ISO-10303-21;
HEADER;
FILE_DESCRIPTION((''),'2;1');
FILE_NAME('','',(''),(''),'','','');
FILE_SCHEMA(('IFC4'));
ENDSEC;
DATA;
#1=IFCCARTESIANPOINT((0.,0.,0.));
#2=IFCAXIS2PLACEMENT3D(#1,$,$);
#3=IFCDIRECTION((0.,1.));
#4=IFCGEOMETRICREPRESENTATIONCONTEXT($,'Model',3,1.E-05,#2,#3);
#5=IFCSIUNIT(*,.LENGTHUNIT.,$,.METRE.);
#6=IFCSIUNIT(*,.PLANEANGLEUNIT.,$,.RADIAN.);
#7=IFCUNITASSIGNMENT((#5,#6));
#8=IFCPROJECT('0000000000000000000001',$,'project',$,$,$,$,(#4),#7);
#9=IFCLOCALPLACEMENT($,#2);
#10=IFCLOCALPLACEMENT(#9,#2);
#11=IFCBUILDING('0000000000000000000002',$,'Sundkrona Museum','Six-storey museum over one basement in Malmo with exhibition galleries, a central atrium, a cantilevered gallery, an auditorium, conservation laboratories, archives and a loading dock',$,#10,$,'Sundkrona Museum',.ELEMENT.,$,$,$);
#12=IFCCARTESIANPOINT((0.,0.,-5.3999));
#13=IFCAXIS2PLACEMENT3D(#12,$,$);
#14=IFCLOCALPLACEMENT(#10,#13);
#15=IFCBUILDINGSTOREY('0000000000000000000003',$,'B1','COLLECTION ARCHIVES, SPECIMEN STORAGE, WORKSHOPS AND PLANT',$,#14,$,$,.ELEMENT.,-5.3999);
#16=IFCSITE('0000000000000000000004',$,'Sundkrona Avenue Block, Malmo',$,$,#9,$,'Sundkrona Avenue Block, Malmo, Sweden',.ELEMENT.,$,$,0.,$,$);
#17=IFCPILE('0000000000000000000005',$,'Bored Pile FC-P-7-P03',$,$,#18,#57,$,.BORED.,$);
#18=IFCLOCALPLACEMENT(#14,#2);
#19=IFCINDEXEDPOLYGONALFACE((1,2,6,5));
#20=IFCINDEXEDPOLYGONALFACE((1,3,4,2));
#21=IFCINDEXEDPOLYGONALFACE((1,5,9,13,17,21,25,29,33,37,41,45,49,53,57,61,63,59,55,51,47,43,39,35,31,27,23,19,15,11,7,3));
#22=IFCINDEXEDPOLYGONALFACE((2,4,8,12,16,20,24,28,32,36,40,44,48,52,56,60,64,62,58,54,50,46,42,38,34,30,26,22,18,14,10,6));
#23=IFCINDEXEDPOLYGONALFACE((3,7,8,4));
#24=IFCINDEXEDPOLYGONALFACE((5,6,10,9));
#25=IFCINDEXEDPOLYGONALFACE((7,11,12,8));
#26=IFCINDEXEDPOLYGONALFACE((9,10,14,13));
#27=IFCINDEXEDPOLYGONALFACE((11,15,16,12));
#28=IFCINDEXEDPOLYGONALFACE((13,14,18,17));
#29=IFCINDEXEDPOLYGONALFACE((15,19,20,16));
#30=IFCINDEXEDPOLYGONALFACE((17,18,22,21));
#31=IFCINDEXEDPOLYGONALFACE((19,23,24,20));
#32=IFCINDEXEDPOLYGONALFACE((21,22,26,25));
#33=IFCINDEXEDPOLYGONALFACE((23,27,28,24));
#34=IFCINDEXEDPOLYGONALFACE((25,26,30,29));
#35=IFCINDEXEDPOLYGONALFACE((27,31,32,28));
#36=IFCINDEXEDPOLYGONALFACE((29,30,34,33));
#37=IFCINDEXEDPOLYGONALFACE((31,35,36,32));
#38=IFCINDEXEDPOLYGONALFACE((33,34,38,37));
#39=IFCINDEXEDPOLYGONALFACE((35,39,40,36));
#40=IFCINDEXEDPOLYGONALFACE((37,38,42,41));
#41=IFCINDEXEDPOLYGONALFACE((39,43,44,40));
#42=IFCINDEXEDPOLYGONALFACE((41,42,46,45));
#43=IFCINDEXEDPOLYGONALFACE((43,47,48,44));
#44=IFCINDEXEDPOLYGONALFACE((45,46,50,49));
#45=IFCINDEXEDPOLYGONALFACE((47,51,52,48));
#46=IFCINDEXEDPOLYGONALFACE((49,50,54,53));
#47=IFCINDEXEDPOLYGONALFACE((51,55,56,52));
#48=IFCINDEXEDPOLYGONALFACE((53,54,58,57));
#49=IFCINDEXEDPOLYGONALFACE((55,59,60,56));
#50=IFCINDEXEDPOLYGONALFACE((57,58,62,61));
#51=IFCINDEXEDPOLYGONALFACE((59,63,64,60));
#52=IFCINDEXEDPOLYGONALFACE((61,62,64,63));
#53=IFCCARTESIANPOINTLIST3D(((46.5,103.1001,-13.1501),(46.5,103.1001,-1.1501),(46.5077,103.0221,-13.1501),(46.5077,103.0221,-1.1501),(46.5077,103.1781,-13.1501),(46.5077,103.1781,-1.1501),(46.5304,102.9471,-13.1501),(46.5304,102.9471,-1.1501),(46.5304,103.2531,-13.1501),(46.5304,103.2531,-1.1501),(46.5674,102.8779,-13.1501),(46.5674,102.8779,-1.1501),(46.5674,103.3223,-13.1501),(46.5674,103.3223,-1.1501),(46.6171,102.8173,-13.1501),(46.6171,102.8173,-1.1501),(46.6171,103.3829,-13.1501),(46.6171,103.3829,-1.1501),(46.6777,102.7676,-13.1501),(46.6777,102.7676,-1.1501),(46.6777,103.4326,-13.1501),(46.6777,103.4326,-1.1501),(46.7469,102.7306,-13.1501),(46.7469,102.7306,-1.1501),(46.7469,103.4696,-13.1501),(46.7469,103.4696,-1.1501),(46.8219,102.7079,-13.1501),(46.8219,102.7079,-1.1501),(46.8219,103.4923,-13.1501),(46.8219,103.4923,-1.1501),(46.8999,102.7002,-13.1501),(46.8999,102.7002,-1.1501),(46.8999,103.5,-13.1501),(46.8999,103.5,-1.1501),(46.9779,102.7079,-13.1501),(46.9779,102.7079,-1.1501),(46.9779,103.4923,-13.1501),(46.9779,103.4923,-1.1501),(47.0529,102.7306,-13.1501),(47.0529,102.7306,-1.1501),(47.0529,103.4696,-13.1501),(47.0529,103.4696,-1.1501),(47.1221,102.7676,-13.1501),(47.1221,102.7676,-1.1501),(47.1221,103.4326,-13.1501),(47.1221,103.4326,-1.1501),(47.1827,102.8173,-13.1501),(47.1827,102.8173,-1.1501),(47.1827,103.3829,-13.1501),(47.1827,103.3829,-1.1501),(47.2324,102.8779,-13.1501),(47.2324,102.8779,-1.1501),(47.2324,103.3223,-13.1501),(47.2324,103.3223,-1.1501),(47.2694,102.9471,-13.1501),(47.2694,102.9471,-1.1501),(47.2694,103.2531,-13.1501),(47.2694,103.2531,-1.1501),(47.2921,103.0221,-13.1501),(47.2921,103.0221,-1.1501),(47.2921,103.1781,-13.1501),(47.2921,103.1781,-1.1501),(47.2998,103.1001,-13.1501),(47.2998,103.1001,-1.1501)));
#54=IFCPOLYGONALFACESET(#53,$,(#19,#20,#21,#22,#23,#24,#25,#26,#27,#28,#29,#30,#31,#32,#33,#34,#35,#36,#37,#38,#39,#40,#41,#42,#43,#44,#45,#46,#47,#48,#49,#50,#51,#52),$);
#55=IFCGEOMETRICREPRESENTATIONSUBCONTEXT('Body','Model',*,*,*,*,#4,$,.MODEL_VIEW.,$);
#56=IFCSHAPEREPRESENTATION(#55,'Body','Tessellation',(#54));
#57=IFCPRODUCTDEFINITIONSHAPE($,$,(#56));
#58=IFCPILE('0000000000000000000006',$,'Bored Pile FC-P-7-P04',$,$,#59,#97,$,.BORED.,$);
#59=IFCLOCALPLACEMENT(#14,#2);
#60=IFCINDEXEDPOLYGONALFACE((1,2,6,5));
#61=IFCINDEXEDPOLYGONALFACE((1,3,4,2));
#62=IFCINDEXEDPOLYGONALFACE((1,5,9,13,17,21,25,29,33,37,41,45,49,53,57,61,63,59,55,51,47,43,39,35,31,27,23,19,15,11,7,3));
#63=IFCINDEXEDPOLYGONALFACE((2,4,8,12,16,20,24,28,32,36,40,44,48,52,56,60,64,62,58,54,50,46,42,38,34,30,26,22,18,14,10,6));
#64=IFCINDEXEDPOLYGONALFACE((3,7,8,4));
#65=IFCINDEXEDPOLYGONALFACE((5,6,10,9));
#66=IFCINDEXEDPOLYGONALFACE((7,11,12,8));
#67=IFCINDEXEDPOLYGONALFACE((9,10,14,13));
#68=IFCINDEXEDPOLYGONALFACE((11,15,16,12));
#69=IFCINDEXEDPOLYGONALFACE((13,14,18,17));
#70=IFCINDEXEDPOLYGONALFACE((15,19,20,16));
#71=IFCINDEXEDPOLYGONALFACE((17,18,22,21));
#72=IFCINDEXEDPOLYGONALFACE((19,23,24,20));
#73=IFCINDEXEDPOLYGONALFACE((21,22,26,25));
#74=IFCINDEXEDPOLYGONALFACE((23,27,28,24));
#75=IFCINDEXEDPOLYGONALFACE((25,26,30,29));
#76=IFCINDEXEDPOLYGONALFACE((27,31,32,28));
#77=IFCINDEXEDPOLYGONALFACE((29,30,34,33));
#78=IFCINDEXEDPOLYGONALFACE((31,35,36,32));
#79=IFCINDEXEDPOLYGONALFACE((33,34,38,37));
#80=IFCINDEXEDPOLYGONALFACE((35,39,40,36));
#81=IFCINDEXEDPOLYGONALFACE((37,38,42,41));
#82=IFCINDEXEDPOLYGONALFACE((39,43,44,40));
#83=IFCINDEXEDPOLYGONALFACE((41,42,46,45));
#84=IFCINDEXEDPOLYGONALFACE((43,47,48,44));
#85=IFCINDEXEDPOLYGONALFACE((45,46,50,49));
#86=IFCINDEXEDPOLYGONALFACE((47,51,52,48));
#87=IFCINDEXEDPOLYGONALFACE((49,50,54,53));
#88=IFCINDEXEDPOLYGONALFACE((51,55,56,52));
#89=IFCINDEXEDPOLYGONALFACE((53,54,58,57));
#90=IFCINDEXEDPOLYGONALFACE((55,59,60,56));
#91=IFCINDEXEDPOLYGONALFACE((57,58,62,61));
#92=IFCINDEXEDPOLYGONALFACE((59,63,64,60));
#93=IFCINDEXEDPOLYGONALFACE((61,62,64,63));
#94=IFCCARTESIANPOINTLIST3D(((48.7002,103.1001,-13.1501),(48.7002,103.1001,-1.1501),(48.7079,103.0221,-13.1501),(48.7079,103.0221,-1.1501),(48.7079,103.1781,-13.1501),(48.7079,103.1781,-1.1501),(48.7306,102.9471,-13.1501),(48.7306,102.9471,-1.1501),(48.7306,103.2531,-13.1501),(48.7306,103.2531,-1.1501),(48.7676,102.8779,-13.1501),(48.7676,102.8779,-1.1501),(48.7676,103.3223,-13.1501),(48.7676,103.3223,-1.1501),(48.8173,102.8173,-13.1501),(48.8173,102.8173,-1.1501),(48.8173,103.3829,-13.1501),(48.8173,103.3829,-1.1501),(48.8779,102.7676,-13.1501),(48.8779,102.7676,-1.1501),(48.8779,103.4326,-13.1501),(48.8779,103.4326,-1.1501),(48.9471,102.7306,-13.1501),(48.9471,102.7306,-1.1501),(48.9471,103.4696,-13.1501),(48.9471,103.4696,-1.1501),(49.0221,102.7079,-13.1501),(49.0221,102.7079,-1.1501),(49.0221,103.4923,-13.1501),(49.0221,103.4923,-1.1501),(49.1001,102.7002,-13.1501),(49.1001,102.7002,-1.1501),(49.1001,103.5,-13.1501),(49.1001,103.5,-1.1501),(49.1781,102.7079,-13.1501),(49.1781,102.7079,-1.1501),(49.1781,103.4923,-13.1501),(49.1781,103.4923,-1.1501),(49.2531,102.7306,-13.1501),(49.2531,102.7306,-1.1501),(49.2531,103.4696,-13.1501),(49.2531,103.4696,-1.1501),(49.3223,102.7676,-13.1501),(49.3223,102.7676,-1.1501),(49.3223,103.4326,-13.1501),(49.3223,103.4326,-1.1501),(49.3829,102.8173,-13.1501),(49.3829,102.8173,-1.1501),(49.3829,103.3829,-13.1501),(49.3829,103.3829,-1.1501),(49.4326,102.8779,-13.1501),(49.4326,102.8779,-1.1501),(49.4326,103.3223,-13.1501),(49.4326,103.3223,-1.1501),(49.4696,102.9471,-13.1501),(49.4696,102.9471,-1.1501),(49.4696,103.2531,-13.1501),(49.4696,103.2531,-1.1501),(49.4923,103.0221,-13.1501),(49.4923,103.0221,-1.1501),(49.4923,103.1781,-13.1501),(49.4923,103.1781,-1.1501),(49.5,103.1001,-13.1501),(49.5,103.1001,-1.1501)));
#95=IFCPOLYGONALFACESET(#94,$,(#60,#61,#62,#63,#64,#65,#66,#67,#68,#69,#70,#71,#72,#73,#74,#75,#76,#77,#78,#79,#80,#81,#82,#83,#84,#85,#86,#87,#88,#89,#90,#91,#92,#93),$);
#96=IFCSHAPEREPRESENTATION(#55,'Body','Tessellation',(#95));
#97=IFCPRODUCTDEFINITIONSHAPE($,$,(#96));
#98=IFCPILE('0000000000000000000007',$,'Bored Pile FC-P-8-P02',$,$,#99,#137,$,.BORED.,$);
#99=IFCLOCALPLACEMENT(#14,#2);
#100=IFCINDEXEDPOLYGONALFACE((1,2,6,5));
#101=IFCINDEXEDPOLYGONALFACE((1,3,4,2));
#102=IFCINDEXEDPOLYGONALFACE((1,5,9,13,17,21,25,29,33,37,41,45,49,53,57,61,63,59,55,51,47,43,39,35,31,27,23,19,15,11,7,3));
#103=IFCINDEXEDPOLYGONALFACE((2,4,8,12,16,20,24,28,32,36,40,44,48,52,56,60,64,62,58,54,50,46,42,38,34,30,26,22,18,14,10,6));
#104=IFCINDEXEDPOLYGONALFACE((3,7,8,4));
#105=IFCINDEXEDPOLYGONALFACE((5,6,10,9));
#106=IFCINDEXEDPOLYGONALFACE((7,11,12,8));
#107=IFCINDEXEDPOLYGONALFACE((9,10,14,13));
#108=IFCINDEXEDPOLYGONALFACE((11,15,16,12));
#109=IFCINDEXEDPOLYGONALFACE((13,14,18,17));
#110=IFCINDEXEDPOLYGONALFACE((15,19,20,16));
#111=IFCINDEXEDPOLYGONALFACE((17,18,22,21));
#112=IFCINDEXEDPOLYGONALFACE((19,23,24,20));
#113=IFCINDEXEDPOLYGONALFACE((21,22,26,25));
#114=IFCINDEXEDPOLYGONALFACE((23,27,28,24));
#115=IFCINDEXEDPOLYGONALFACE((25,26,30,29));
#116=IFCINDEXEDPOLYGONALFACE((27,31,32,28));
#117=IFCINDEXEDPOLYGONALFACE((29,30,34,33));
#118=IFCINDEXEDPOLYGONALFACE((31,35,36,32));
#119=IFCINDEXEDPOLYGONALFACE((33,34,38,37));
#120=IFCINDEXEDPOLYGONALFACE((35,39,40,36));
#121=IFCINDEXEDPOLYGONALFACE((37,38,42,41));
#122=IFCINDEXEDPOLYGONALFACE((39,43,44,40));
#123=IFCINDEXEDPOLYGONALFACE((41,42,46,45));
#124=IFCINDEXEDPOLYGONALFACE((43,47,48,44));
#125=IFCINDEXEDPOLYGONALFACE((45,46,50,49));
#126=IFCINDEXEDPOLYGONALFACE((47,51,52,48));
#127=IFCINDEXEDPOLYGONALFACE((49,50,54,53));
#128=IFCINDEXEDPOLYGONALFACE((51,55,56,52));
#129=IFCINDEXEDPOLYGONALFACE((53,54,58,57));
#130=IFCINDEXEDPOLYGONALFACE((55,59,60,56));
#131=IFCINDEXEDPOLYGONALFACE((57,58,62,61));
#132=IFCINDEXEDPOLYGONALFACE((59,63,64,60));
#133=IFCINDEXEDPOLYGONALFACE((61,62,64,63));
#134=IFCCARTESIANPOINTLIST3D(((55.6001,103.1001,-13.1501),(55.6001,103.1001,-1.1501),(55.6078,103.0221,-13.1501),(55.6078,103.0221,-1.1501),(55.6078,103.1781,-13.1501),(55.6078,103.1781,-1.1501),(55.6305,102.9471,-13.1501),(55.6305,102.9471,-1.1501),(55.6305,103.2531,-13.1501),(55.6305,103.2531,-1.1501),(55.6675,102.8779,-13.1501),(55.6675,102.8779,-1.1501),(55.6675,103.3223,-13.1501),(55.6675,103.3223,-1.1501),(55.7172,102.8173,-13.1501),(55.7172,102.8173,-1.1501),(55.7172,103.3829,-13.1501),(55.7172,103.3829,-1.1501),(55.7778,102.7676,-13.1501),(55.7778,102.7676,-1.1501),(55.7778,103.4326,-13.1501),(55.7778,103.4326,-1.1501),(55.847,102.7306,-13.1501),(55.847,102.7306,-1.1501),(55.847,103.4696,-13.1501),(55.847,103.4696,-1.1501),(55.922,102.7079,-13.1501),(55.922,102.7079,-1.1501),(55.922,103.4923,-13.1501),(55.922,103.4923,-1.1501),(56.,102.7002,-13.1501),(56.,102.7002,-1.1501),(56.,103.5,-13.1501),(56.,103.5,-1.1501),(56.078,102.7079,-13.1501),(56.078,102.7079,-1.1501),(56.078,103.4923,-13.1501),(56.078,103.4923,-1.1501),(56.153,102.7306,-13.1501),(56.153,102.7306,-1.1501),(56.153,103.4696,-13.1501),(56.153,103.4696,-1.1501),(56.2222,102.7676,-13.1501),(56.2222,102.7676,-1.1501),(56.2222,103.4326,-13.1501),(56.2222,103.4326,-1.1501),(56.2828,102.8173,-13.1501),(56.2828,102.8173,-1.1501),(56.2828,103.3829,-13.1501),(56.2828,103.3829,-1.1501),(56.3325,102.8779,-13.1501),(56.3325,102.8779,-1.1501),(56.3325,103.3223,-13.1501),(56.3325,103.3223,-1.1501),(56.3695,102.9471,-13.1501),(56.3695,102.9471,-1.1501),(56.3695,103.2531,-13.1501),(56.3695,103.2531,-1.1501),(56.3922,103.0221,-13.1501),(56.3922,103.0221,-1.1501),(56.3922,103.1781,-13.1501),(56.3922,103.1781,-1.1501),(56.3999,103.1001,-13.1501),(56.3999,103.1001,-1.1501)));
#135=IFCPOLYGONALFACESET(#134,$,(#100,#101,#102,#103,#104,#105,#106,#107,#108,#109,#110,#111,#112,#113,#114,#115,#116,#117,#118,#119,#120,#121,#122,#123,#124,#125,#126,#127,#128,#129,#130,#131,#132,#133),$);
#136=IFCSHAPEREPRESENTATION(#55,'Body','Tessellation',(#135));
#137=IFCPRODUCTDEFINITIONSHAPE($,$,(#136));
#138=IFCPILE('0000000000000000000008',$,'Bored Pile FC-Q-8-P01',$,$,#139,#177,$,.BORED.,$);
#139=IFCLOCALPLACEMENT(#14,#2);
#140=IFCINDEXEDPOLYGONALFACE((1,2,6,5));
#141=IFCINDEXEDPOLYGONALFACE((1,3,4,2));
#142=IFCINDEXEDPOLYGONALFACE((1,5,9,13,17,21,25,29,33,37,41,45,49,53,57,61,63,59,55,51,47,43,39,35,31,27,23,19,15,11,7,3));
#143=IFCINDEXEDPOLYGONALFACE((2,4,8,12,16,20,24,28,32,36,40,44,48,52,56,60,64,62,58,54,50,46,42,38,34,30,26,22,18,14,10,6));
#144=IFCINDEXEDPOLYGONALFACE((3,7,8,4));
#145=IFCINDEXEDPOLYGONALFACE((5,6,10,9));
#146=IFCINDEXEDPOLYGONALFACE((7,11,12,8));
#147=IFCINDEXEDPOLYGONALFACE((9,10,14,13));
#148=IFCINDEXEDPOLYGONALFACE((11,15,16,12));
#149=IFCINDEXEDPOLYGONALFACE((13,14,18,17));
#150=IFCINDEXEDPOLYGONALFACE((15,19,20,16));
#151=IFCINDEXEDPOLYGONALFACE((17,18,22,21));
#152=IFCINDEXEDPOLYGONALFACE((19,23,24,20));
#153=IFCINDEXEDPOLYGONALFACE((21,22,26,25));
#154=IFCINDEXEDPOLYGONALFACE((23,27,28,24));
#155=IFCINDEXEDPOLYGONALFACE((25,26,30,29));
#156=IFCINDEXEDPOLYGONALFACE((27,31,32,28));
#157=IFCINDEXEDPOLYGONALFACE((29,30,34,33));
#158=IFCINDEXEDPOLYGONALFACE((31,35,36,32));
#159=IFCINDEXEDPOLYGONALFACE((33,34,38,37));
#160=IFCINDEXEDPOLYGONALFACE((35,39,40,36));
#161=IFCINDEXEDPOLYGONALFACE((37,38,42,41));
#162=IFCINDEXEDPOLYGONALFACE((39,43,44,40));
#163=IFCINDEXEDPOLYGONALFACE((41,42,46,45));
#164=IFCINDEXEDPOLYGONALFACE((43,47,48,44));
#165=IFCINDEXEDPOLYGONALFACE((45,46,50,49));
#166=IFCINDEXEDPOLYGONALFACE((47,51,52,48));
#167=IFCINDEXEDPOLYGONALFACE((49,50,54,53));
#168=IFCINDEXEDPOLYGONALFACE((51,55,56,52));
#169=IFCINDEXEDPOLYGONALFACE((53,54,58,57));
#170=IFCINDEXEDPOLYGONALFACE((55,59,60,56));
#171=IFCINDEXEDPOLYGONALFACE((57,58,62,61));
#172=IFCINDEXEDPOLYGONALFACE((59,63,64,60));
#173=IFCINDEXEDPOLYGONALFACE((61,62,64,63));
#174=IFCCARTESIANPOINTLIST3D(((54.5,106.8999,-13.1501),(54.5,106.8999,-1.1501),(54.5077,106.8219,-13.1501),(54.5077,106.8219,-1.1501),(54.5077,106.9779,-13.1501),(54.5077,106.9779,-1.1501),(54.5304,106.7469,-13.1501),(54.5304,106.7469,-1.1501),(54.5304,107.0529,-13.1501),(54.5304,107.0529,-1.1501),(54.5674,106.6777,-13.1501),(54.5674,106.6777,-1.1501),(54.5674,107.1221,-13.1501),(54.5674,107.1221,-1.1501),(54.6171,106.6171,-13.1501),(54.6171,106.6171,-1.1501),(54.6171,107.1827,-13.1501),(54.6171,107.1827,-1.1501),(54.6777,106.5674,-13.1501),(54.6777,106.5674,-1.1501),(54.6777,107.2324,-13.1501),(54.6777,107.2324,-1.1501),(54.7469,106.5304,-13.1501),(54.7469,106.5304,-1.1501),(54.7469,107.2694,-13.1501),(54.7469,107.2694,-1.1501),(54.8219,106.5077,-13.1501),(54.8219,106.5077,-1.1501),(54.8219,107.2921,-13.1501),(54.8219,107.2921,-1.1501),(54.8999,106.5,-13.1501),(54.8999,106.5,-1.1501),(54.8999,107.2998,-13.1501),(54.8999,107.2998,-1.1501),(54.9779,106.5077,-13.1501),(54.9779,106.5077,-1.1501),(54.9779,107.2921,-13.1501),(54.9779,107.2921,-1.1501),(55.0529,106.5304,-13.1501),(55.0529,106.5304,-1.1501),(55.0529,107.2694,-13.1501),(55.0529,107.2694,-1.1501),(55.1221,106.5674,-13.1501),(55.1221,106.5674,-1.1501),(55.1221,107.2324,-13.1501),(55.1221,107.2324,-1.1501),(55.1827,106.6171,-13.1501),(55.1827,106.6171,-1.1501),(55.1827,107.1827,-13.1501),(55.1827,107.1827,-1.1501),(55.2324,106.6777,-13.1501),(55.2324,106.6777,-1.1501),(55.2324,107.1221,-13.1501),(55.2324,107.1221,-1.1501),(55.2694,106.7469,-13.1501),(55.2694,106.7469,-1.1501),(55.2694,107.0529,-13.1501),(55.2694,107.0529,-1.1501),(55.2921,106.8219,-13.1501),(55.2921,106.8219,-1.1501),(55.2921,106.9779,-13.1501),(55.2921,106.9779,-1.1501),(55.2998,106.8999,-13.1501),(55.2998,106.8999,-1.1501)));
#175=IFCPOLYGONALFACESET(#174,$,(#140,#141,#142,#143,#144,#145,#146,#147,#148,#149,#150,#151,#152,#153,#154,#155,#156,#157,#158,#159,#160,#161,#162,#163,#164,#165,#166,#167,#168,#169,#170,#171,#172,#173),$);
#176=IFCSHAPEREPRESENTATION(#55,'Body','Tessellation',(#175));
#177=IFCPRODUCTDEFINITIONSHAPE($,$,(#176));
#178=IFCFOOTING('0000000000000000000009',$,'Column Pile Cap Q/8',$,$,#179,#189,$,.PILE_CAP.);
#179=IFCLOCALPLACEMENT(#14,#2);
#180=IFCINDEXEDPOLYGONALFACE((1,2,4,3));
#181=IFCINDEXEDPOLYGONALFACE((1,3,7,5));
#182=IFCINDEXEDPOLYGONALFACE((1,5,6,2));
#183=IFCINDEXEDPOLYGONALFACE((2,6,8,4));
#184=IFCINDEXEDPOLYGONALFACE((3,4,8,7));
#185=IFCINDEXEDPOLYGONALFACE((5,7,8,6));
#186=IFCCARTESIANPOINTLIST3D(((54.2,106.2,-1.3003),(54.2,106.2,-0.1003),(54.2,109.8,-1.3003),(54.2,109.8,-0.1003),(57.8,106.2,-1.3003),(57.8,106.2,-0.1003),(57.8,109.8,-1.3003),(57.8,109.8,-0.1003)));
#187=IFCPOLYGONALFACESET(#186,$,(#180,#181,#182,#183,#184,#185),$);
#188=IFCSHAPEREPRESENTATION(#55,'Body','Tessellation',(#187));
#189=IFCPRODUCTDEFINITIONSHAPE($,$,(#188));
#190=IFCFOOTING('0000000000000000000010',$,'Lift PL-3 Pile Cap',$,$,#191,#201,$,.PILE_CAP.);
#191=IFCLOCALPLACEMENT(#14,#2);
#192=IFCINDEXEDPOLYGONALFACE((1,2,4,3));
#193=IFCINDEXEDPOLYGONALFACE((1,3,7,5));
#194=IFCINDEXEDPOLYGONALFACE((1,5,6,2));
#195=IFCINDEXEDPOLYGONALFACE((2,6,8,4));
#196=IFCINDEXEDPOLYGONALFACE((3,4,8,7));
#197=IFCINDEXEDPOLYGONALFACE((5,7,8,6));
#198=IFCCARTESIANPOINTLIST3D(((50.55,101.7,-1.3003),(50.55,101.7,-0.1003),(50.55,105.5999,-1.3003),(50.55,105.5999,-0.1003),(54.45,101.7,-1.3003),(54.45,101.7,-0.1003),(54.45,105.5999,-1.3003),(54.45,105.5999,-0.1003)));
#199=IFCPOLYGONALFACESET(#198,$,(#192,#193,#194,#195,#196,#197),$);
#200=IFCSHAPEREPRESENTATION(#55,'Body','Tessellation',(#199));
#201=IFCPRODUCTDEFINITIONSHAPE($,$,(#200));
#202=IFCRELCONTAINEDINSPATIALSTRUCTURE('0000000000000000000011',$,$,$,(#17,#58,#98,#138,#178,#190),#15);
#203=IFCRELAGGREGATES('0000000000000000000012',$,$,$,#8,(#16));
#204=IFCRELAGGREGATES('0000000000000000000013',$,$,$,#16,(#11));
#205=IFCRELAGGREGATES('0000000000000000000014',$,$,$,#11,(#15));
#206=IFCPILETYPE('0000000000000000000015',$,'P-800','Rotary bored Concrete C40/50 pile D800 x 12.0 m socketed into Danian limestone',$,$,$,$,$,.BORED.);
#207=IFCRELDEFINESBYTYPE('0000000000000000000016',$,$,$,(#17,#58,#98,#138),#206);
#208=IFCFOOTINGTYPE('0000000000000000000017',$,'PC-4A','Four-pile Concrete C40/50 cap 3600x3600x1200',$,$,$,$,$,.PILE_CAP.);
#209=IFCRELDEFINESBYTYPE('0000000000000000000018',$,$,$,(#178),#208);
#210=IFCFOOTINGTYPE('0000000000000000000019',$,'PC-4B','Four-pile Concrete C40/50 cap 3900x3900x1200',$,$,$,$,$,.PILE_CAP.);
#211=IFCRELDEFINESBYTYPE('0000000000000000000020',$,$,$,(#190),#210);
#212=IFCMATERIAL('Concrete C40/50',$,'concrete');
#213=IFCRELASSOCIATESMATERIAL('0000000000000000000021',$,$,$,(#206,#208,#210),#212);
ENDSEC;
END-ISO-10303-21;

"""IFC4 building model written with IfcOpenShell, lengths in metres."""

from ifc_helpers import new_model, si_unit, direction, frame, origin, origin_2d, place, context, subcontext, project, spatial, rectangle, circle, extrude, material, material_profile, profile_set, type_object, element, save


model = new_model("IFC4")

# Units and contexts
model_context = context("Model", 3, precision=1e-05, world=origin(), true_north=direction((0.0, 1.0)))
body_context = subcontext(model_context, "Body", "Model", "MODEL_VIEW")
ifc_project = project(units=[si_unit("LENGTHUNIT", "METRE"), si_unit("PLANEANGLEUNIT", "RADIAN")], contexts=[model_context])

# Site, building, storey
site_placement = place(None, origin())
site = spatial("IfcSite", under=ifc_project, at=site_placement, Name="Sundkrona Avenue Block, Malmo", LongName="Sundkrona Avenue Block, Malmo, Sweden", CompositionType="ELEMENT", RefElevation=0.0)
building_placement = place(site_placement, origin())
building = spatial("IfcBuilding", under=site, at=building_placement, Name="Sundkrona Museum", Description="Six-storey museum over one basement in Malmo with exhibition galleries, a central atrium, a cantilevered gallery, an auditorium, conservation laboratories, archives and a loading dock", LongName="Sundkrona Museum", CompositionType="ELEMENT")
storey_placement = place(building_placement, frame((0.0, 0.0, -5.3999)))
storey = spatial("IfcBuildingStorey", under=building, at=storey_placement, Name="B1", Description="COLLECTION ARCHIVES, SPECIMEN STORAGE, WORKSHOPS AND PLANT", CompositionType="ELEMENT", Elevation=-5.3999)

# Shared definitions
ifc_material_1 = material(Name="Concrete C40/50", Category="concrete")

# Piles
ifc_material_profile_1 = material_profile(ifc_material_1, circle(Radius=0.3999, at=origin_2d()), Name="PILE D800")
ifc_profile_set_1 = profile_set([ifc_material_profile_1], Name="Concrete C40/50")
pile_type = type_object("IfcPileType", Name="P-800", Description="Rotary bored Concrete C40/50 pile D800 x 12.0 m socketed into Danian limestone", PredefinedType="BORED", material=ifc_profile_set_1)
for number, where, z_axis, x_axis, name in (
    (1, (46.8999, 103.1001, -1.1501), (0.0, 0.0, -1.0), (1.0, 0.0, 0.0), "Bored Pile FC-P-7-P03"),
    (2, (49.1001, 103.1001, -1.1501), (0.0, 0.0, -1.0), (1.0, 0.0, 0.0), "Bored Pile FC-P-7-P04"),
    (3, (56.0, 103.1001, -1.1501), (0.0, 0.0, -1.0), (1.0, 0.0, 0.0), "Bored Pile FC-P-8-P02"),
    (4, (54.8999, 106.8999, -1.1501), (0.0, 0.0, -1.0), (1.0, 0.0, 0.0), "Bored Pile FC-Q-8-P01"),
):
    element("IfcPile", number, at=place(storey_placement, frame(where, z_axis=z_axis, x_axis=x_axis)), inside=storey, type_object=pile_type, Name=name, PredefinedType="BORED", context=body_context, shape_type="SweptSolid", body=[
        extrude(circle(Radius=0.3999, at=origin_2d()), origin(), (0.0, 0.0, 1.0), 12.0),
    ])

# Footings
footing_type_1 = type_object("IfcFootingType", Name="PC-4A", Description="Four-pile Concrete C40/50 cap 3600x3600x1200", PredefinedType="PILE_CAP", material=ifc_material_1)
footing_1_placement = place(storey_placement, frame((56.0, 108.0, -1.3003), z_axis=(0.0, 0.0, 1.0), x_axis=(1.0, 0.0, 0.0)))
element("IfcFooting", 5, at=footing_1_placement, inside=storey, type_object=footing_type_1, Name="Column Pile Cap Q/8", PredefinedType="PILE_CAP", context=body_context, shape_type="SweptSolid", body=[
    extrude(rectangle(XDim=3.6001, YDim=3.6001, at=origin_2d()), origin(), (0.0, 0.0, 1.0), 1.2),
])
footing_type_2 = type_object("IfcFootingType", Name="PC-4B", Description="Four-pile Concrete C40/50 cap 3900x3900x1200", PredefinedType="PILE_CAP", material=ifc_material_1)
footing_2_placement = place(storey_placement, frame((52.5, 103.6499, -1.3003), z_axis=(0.0, 0.0, 1.0), x_axis=(1.0, 0.0, 0.0)))
element("IfcFooting", 6, at=footing_2_placement, inside=storey, type_object=footing_type_2, Name="Lift PL-3 Pile Cap", PredefinedType="PILE_CAP", context=body_context, shape_type="SweptSolid", body=[
    extrude(rectangle(XDim=3.8999, YDim=3.8999, at=origin_2d()), origin(), (0.0, 0.0, 1.0), 1.2),
])

save(model, "model.ifc")
